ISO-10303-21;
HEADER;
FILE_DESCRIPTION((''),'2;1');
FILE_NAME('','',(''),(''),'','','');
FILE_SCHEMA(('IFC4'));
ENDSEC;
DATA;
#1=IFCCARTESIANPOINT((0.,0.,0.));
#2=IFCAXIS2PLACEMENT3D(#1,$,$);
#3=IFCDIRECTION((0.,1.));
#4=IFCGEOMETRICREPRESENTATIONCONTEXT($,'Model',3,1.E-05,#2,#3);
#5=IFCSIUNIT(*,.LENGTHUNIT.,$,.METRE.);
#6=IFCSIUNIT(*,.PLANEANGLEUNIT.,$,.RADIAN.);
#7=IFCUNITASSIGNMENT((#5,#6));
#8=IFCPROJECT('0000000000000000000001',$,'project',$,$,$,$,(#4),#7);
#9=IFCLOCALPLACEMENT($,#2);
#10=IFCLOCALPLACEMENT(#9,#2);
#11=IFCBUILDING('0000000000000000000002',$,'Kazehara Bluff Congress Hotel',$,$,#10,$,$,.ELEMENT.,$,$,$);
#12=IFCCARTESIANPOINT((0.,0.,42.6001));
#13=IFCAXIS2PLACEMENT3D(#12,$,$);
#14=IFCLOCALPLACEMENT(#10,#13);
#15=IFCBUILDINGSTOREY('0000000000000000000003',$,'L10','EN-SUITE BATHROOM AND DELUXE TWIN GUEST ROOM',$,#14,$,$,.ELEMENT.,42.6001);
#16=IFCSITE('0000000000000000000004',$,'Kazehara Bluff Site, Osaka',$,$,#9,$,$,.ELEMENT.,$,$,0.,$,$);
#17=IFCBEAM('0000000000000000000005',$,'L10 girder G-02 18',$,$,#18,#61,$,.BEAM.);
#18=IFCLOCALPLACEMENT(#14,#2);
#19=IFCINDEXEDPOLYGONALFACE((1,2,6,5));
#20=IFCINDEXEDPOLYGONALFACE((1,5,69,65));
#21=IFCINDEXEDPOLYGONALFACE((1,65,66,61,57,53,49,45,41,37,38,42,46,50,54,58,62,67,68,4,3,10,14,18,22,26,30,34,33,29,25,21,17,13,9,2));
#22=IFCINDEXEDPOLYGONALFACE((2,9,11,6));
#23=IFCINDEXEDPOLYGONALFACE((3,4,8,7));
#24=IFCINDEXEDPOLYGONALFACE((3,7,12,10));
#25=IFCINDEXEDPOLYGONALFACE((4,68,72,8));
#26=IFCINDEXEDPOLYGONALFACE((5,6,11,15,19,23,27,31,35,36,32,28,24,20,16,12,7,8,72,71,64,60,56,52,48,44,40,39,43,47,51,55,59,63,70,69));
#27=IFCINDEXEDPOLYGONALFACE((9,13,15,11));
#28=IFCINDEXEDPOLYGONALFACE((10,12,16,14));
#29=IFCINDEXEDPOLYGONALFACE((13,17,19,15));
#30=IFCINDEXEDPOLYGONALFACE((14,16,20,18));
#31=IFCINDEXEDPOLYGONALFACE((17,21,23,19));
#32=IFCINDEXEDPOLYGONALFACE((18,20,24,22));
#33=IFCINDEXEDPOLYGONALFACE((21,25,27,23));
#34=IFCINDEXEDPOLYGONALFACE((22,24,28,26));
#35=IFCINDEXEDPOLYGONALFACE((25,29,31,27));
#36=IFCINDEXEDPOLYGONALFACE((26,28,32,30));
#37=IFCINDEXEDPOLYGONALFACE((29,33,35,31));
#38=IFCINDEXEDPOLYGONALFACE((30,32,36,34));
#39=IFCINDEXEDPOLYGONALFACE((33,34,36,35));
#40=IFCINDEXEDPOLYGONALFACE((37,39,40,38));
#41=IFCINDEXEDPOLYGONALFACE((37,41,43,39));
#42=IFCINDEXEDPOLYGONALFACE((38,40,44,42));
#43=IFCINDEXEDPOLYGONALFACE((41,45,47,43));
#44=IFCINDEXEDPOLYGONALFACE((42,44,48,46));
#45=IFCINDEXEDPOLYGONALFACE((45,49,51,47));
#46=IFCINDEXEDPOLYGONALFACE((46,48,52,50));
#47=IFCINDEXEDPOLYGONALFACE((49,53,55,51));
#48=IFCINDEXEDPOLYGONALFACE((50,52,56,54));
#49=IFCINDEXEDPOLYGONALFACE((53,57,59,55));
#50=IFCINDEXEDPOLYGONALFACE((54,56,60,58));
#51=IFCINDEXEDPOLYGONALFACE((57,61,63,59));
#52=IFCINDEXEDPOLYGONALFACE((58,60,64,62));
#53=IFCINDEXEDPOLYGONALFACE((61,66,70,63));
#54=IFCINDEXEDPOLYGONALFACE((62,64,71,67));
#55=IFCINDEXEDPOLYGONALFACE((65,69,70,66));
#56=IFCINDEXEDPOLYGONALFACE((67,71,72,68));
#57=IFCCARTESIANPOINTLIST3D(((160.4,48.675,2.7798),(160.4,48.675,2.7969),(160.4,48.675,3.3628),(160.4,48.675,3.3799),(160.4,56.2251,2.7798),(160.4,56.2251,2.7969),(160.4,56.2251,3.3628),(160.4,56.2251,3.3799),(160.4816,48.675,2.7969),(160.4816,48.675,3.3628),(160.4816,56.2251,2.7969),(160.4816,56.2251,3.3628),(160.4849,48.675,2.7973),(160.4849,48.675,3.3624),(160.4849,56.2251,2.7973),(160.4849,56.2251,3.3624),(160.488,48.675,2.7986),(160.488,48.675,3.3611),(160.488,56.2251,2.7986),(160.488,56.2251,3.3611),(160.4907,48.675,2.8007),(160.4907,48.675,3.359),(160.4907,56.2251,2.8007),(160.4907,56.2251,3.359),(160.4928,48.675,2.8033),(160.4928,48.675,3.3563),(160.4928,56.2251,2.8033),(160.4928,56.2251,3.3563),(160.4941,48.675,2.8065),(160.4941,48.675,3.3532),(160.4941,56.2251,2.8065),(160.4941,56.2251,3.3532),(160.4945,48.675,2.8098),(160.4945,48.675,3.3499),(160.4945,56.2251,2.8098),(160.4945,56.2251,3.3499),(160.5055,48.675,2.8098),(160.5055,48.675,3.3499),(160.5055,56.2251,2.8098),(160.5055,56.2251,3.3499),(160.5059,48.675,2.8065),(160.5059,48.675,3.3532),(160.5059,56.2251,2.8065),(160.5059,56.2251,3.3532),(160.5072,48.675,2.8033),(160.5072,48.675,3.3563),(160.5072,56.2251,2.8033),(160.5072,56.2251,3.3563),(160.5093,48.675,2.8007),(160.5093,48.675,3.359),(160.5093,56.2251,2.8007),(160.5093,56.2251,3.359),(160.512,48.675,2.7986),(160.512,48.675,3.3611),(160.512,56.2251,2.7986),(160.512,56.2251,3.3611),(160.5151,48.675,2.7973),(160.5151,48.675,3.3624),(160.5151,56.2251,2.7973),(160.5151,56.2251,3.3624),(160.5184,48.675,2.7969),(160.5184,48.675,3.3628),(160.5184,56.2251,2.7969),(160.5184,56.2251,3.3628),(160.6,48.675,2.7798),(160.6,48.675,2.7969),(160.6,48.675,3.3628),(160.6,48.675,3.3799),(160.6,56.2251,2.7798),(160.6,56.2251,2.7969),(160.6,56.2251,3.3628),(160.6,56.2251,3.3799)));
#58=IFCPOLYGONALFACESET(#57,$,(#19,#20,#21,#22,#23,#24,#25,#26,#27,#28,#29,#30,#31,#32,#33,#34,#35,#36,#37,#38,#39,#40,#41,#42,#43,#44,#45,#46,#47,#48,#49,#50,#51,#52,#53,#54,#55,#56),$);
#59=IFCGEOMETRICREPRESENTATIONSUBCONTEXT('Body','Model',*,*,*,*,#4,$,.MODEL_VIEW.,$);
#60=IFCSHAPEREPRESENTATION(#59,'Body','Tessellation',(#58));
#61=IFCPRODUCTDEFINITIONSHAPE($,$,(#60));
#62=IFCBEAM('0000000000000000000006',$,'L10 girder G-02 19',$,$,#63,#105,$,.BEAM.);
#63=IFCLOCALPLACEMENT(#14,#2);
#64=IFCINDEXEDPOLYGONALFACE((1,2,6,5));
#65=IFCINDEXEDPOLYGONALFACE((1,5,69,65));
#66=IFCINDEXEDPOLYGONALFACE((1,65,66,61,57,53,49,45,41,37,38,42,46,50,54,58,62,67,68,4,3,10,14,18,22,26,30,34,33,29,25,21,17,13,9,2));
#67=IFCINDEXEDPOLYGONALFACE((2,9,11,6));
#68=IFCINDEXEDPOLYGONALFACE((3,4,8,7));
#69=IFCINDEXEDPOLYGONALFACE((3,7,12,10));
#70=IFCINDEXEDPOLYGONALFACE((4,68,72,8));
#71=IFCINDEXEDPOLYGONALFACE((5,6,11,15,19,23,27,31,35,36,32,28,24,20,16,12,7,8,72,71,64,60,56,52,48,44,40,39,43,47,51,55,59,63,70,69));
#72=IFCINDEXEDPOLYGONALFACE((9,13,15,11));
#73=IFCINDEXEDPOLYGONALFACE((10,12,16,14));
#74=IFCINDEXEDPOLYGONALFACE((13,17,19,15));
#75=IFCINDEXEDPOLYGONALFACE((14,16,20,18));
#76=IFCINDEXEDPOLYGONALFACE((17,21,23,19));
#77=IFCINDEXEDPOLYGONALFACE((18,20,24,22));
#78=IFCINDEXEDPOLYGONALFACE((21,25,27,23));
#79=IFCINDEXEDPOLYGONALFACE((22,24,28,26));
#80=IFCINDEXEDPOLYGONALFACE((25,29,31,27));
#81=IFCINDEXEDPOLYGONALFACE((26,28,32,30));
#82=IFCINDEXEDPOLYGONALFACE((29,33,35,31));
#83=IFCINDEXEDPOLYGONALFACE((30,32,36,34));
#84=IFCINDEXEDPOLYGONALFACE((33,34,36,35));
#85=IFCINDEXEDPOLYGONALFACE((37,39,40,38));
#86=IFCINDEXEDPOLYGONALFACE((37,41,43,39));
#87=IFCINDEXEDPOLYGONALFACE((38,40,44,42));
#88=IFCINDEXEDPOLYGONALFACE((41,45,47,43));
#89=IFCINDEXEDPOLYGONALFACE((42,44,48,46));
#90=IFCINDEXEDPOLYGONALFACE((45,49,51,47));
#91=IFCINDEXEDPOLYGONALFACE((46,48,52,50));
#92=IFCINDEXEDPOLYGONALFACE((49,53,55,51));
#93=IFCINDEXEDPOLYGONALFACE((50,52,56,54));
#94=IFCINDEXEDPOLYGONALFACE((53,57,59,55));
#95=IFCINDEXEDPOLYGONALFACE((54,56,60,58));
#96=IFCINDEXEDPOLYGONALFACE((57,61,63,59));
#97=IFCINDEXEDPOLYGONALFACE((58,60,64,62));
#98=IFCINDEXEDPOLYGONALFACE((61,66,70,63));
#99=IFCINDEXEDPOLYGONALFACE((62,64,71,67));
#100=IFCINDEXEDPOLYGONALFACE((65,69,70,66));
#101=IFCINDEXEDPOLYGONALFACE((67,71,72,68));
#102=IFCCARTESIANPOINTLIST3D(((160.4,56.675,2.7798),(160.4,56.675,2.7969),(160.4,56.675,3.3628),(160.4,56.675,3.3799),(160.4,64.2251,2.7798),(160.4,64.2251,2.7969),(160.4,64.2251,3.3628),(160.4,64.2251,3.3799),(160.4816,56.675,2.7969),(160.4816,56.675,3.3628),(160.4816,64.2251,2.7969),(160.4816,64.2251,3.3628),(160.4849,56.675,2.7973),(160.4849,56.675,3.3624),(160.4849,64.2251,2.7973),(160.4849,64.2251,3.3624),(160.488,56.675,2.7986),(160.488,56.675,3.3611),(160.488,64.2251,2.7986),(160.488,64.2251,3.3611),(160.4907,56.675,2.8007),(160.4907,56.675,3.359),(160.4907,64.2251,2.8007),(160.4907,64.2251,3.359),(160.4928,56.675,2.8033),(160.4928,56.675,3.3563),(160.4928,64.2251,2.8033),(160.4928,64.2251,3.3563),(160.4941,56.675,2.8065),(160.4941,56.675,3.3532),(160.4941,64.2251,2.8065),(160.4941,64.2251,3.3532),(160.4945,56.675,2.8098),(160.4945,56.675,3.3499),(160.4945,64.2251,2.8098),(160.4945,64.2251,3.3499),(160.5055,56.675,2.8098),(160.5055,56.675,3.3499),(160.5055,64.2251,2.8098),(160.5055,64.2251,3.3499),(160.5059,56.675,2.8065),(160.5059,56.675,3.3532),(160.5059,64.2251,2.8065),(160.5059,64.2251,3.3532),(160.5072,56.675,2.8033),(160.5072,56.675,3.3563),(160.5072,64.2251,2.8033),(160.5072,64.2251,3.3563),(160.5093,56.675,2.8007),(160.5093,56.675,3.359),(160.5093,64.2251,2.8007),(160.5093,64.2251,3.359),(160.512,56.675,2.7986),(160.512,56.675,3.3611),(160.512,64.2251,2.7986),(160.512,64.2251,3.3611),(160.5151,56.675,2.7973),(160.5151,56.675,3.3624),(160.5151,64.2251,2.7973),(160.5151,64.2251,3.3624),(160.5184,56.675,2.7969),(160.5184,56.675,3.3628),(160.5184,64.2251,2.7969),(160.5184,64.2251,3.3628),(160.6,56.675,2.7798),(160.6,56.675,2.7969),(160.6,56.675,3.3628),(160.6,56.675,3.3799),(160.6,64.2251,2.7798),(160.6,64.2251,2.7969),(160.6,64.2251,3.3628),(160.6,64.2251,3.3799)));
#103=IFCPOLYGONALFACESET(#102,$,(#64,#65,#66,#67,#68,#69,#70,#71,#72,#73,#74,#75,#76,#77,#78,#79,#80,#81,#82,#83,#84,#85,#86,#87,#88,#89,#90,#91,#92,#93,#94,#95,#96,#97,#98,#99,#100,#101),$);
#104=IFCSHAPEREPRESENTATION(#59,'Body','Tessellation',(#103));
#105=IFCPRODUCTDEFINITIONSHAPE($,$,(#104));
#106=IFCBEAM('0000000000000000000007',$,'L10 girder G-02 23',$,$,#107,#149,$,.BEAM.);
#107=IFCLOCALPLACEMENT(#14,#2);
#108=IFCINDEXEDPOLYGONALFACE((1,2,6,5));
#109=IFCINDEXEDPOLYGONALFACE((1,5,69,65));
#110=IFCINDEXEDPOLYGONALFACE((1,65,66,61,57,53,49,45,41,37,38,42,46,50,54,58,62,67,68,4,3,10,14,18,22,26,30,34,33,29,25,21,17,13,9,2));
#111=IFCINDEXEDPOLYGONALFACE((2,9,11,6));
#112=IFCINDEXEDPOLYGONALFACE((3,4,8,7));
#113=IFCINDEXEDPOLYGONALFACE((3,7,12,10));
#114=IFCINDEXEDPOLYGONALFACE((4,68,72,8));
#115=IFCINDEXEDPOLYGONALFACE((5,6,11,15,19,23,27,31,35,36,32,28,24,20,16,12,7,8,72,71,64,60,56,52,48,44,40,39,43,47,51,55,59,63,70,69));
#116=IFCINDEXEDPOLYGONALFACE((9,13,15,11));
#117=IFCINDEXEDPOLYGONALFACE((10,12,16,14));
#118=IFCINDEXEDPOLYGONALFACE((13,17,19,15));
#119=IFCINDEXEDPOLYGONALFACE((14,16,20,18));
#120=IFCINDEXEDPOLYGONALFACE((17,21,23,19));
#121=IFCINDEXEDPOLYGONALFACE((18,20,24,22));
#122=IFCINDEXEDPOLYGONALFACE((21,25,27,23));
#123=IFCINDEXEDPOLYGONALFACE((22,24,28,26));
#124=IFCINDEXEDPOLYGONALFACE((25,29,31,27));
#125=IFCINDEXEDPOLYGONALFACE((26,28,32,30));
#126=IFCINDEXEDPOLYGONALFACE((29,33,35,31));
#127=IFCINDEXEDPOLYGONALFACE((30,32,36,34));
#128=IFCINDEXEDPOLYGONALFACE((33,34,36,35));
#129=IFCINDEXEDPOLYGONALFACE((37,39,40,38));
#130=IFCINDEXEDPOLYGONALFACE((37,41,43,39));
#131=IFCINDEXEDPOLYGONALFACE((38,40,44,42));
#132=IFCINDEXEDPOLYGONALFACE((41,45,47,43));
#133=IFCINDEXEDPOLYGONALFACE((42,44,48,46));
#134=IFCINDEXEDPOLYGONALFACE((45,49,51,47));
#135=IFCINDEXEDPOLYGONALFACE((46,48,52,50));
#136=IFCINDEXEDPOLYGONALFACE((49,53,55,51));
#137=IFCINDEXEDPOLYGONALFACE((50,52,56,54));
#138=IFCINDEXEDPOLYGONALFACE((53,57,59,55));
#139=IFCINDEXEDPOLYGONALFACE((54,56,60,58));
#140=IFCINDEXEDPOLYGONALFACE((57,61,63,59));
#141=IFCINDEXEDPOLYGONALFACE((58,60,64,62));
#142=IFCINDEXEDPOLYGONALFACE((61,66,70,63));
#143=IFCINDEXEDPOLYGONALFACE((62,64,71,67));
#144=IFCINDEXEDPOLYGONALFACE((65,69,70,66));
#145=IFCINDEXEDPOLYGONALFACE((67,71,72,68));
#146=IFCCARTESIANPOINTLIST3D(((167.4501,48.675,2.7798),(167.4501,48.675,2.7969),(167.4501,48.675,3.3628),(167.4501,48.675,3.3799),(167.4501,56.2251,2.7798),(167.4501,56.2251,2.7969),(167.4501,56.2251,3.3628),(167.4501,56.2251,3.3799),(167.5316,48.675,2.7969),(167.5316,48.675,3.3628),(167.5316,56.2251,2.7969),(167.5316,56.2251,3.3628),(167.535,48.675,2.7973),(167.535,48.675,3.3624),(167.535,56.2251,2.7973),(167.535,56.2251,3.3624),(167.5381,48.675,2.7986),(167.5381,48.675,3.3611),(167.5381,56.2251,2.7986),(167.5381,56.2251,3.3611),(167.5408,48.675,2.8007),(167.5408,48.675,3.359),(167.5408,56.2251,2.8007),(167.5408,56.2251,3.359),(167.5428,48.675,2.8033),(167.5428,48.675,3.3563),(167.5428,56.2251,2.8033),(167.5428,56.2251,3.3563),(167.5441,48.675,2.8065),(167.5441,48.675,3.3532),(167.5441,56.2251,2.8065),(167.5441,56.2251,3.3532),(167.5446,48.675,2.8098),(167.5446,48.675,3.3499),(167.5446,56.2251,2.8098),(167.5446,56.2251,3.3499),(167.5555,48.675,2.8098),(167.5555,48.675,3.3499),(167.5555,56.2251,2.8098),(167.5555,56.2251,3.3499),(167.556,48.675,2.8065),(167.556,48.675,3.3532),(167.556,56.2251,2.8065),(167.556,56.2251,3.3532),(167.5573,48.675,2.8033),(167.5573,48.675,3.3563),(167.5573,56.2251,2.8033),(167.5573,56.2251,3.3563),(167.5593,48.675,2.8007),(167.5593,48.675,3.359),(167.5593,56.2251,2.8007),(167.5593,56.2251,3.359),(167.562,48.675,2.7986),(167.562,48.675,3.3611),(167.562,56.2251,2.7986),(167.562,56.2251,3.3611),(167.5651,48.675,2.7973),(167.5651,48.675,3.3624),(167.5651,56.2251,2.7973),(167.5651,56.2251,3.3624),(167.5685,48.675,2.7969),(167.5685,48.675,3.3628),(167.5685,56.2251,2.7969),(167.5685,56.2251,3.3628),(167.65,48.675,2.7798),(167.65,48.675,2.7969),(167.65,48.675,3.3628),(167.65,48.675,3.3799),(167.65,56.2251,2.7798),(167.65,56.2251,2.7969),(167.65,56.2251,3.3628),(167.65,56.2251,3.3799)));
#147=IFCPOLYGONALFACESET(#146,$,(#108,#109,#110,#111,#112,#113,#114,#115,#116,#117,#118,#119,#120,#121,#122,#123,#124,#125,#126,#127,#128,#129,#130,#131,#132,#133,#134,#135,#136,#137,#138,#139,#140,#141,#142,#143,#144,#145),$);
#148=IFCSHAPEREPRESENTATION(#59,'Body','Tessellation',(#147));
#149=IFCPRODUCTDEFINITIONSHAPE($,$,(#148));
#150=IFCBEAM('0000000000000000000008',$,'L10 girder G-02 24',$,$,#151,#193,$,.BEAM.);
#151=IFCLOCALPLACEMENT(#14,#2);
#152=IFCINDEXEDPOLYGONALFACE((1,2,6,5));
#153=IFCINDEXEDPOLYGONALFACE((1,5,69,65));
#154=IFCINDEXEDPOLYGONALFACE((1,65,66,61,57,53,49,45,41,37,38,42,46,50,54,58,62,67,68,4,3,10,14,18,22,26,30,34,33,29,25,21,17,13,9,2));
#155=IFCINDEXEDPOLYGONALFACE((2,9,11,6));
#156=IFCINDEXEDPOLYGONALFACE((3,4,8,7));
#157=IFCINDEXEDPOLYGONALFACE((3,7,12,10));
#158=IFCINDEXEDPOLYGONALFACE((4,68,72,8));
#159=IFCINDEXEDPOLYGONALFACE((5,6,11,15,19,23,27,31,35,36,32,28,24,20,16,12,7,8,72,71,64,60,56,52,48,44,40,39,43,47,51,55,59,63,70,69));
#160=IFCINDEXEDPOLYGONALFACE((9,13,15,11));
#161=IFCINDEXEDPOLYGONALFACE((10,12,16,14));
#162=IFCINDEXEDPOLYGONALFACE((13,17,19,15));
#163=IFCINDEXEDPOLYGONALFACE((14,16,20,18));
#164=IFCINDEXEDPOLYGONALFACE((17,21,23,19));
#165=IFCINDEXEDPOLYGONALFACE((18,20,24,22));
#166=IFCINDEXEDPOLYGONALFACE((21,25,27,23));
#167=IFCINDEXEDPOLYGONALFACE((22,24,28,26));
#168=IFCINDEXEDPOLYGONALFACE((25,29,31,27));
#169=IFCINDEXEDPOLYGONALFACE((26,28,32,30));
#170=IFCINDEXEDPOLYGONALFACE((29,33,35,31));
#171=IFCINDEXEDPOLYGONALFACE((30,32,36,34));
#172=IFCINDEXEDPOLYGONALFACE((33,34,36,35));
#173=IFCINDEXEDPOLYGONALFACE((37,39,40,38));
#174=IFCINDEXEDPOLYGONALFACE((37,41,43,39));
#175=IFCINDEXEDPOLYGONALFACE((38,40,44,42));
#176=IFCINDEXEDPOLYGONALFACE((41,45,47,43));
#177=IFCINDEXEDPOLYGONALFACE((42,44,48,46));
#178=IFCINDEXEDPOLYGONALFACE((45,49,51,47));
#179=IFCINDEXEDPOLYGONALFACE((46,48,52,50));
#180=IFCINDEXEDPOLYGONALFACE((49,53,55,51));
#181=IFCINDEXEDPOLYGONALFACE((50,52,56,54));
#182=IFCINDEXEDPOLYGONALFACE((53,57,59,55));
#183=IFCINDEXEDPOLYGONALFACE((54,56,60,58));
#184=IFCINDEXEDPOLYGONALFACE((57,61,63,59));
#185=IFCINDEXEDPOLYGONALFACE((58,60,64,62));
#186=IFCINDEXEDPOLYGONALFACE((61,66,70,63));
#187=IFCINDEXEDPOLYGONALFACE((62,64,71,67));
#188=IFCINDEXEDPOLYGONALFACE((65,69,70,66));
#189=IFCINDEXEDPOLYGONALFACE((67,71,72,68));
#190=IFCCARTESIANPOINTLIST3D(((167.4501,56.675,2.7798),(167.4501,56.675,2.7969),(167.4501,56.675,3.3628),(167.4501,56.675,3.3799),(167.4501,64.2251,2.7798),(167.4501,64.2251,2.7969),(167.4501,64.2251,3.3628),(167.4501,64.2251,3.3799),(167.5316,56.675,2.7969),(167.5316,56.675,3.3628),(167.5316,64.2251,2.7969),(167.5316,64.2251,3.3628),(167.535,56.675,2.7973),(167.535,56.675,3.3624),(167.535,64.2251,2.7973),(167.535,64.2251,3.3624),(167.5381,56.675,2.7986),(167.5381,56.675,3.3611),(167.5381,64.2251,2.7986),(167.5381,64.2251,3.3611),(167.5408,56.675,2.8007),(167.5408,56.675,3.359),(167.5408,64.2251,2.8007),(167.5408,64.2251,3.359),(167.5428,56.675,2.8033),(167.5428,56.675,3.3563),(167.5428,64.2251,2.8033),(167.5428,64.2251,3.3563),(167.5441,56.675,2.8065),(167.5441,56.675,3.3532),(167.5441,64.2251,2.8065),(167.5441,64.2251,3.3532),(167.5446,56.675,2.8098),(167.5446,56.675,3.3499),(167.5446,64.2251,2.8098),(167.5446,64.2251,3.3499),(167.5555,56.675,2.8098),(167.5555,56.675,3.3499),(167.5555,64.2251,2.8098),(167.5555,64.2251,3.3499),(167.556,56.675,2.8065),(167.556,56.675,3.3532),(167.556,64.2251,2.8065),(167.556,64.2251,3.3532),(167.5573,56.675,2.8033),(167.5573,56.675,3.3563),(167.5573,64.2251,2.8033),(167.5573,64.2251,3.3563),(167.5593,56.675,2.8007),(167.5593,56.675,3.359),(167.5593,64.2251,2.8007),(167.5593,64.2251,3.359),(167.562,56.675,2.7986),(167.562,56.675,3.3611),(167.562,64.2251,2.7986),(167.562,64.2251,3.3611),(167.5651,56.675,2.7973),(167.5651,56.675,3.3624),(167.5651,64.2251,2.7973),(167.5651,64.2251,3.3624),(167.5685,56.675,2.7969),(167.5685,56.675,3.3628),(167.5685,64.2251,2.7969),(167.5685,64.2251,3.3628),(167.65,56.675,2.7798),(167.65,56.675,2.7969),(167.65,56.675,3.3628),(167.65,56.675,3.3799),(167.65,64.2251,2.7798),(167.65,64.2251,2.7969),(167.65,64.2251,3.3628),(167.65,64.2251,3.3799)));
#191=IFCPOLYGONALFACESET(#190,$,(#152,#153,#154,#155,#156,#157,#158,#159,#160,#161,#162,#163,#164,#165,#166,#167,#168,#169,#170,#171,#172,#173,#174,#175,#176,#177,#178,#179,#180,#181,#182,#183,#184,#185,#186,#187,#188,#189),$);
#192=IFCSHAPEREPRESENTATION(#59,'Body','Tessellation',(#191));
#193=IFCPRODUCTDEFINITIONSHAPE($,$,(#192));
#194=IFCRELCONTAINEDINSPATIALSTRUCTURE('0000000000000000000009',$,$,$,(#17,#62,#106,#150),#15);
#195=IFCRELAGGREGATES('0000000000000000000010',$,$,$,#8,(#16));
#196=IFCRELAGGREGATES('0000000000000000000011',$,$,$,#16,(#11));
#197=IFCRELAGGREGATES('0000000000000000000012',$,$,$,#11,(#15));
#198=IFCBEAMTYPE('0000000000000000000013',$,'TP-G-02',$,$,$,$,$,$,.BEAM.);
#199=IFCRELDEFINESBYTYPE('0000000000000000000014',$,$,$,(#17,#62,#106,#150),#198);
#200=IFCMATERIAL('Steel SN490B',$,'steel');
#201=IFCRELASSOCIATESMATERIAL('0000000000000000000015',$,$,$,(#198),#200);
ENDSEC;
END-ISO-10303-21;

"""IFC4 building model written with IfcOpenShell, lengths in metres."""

from ifc_helpers import new_model, si_unit, direction, frame, origin, origin_2d, place, context, subcontext, project, spatial, i_section, extrude, material, material_profile, profile_set, type_object, element, save


model = new_model("IFC4")

# Units and contexts
model_context = context("Model", 3, precision=1e-05, world=origin(), true_north=direction((0.0, 1.0)))
body_context = subcontext(model_context, "Body", "Model", "MODEL_VIEW")
ifc_project = project(units=[si_unit("LENGTHUNIT", "METRE"), si_unit("PLANEANGLEUNIT", "RADIAN")], contexts=[model_context])

# Site, building, storey
site_placement = place(None, origin())
site = spatial("IfcSite", under=ifc_project, at=site_placement, Name="Kazehara Bluff Site, Osaka", CompositionType="ELEMENT", RefElevation=0.0)
building_placement = place(site_placement, origin())
building = spatial("IfcBuilding", under=site, at=building_placement, Name="Kazehara Bluff Congress Hotel", CompositionType="ELEMENT")
storey_placement = place(building_placement, frame((0.0, 0.0, 42.6001)))
storey = spatial("IfcBuildingStorey", under=building, at=storey_placement, Name="L10", Description="EN-SUITE BATHROOM AND DELUXE TWIN GUEST ROOM", CompositionType="ELEMENT", Elevation=42.6001)

# Beams
ifc_material_1 = material(Name="Steel SN490B", Category="steel")
ifc_material_profile_1 = material_profile(ifc_material_1, i_section(OverallWidth=0.2, OverallDepth=0.6001, WebThickness=0.011, FlangeThickness=0.0171, FilletRadius=0.0129, at=origin_2d()))
ifc_profile_set_1 = profile_set([ifc_material_profile_1], Name="Steel SN490B")
beam_type_1 = type_object("IfcBeamType", Name="TP-G-02", PredefinedType="BEAM", material=ifc_profile_set_1)
for number, where, z_axis, x_axis, name in (
    (1, (160.5, 48.675, 3.0798), (0.0, 1.0, 0.0), (-1.0, 0.0, 0.0), "L10 girder G-02 18"),
    (2, (160.5, 56.675, 3.0798), (0.0, 1.0, 0.0), (-1.0, 0.0, 0.0), "L10 girder G-02 19"),
    (3, (167.55, 48.675, 3.0798), (0.0, 1.0, 0.0), (-1.0, 0.0, 0.0), "L10 girder G-02 23"),
    (4, (167.55, 56.675, 3.0798), (0.0, 1.0, 0.0), (-1.0, 0.0, 0.0), "L10 girder G-02 24"),
):
    element("IfcBeam", number, at=place(storey_placement, frame(where, z_axis=z_axis, x_axis=x_axis)), inside=storey, type_object=beam_type_1, Name=name, PredefinedType="BEAM", context=body_context, shape_type="SweptSolid", body=[
        extrude(i_section(OverallWidth=0.2, OverallDepth=0.6001, WebThickness=0.011, FlangeThickness=0.0171, FilletRadius=0.0129, at=origin_2d()), origin(), (0.0, 0.0, 1.0), 7.55),
    ])

save(model, "model.ifc")
